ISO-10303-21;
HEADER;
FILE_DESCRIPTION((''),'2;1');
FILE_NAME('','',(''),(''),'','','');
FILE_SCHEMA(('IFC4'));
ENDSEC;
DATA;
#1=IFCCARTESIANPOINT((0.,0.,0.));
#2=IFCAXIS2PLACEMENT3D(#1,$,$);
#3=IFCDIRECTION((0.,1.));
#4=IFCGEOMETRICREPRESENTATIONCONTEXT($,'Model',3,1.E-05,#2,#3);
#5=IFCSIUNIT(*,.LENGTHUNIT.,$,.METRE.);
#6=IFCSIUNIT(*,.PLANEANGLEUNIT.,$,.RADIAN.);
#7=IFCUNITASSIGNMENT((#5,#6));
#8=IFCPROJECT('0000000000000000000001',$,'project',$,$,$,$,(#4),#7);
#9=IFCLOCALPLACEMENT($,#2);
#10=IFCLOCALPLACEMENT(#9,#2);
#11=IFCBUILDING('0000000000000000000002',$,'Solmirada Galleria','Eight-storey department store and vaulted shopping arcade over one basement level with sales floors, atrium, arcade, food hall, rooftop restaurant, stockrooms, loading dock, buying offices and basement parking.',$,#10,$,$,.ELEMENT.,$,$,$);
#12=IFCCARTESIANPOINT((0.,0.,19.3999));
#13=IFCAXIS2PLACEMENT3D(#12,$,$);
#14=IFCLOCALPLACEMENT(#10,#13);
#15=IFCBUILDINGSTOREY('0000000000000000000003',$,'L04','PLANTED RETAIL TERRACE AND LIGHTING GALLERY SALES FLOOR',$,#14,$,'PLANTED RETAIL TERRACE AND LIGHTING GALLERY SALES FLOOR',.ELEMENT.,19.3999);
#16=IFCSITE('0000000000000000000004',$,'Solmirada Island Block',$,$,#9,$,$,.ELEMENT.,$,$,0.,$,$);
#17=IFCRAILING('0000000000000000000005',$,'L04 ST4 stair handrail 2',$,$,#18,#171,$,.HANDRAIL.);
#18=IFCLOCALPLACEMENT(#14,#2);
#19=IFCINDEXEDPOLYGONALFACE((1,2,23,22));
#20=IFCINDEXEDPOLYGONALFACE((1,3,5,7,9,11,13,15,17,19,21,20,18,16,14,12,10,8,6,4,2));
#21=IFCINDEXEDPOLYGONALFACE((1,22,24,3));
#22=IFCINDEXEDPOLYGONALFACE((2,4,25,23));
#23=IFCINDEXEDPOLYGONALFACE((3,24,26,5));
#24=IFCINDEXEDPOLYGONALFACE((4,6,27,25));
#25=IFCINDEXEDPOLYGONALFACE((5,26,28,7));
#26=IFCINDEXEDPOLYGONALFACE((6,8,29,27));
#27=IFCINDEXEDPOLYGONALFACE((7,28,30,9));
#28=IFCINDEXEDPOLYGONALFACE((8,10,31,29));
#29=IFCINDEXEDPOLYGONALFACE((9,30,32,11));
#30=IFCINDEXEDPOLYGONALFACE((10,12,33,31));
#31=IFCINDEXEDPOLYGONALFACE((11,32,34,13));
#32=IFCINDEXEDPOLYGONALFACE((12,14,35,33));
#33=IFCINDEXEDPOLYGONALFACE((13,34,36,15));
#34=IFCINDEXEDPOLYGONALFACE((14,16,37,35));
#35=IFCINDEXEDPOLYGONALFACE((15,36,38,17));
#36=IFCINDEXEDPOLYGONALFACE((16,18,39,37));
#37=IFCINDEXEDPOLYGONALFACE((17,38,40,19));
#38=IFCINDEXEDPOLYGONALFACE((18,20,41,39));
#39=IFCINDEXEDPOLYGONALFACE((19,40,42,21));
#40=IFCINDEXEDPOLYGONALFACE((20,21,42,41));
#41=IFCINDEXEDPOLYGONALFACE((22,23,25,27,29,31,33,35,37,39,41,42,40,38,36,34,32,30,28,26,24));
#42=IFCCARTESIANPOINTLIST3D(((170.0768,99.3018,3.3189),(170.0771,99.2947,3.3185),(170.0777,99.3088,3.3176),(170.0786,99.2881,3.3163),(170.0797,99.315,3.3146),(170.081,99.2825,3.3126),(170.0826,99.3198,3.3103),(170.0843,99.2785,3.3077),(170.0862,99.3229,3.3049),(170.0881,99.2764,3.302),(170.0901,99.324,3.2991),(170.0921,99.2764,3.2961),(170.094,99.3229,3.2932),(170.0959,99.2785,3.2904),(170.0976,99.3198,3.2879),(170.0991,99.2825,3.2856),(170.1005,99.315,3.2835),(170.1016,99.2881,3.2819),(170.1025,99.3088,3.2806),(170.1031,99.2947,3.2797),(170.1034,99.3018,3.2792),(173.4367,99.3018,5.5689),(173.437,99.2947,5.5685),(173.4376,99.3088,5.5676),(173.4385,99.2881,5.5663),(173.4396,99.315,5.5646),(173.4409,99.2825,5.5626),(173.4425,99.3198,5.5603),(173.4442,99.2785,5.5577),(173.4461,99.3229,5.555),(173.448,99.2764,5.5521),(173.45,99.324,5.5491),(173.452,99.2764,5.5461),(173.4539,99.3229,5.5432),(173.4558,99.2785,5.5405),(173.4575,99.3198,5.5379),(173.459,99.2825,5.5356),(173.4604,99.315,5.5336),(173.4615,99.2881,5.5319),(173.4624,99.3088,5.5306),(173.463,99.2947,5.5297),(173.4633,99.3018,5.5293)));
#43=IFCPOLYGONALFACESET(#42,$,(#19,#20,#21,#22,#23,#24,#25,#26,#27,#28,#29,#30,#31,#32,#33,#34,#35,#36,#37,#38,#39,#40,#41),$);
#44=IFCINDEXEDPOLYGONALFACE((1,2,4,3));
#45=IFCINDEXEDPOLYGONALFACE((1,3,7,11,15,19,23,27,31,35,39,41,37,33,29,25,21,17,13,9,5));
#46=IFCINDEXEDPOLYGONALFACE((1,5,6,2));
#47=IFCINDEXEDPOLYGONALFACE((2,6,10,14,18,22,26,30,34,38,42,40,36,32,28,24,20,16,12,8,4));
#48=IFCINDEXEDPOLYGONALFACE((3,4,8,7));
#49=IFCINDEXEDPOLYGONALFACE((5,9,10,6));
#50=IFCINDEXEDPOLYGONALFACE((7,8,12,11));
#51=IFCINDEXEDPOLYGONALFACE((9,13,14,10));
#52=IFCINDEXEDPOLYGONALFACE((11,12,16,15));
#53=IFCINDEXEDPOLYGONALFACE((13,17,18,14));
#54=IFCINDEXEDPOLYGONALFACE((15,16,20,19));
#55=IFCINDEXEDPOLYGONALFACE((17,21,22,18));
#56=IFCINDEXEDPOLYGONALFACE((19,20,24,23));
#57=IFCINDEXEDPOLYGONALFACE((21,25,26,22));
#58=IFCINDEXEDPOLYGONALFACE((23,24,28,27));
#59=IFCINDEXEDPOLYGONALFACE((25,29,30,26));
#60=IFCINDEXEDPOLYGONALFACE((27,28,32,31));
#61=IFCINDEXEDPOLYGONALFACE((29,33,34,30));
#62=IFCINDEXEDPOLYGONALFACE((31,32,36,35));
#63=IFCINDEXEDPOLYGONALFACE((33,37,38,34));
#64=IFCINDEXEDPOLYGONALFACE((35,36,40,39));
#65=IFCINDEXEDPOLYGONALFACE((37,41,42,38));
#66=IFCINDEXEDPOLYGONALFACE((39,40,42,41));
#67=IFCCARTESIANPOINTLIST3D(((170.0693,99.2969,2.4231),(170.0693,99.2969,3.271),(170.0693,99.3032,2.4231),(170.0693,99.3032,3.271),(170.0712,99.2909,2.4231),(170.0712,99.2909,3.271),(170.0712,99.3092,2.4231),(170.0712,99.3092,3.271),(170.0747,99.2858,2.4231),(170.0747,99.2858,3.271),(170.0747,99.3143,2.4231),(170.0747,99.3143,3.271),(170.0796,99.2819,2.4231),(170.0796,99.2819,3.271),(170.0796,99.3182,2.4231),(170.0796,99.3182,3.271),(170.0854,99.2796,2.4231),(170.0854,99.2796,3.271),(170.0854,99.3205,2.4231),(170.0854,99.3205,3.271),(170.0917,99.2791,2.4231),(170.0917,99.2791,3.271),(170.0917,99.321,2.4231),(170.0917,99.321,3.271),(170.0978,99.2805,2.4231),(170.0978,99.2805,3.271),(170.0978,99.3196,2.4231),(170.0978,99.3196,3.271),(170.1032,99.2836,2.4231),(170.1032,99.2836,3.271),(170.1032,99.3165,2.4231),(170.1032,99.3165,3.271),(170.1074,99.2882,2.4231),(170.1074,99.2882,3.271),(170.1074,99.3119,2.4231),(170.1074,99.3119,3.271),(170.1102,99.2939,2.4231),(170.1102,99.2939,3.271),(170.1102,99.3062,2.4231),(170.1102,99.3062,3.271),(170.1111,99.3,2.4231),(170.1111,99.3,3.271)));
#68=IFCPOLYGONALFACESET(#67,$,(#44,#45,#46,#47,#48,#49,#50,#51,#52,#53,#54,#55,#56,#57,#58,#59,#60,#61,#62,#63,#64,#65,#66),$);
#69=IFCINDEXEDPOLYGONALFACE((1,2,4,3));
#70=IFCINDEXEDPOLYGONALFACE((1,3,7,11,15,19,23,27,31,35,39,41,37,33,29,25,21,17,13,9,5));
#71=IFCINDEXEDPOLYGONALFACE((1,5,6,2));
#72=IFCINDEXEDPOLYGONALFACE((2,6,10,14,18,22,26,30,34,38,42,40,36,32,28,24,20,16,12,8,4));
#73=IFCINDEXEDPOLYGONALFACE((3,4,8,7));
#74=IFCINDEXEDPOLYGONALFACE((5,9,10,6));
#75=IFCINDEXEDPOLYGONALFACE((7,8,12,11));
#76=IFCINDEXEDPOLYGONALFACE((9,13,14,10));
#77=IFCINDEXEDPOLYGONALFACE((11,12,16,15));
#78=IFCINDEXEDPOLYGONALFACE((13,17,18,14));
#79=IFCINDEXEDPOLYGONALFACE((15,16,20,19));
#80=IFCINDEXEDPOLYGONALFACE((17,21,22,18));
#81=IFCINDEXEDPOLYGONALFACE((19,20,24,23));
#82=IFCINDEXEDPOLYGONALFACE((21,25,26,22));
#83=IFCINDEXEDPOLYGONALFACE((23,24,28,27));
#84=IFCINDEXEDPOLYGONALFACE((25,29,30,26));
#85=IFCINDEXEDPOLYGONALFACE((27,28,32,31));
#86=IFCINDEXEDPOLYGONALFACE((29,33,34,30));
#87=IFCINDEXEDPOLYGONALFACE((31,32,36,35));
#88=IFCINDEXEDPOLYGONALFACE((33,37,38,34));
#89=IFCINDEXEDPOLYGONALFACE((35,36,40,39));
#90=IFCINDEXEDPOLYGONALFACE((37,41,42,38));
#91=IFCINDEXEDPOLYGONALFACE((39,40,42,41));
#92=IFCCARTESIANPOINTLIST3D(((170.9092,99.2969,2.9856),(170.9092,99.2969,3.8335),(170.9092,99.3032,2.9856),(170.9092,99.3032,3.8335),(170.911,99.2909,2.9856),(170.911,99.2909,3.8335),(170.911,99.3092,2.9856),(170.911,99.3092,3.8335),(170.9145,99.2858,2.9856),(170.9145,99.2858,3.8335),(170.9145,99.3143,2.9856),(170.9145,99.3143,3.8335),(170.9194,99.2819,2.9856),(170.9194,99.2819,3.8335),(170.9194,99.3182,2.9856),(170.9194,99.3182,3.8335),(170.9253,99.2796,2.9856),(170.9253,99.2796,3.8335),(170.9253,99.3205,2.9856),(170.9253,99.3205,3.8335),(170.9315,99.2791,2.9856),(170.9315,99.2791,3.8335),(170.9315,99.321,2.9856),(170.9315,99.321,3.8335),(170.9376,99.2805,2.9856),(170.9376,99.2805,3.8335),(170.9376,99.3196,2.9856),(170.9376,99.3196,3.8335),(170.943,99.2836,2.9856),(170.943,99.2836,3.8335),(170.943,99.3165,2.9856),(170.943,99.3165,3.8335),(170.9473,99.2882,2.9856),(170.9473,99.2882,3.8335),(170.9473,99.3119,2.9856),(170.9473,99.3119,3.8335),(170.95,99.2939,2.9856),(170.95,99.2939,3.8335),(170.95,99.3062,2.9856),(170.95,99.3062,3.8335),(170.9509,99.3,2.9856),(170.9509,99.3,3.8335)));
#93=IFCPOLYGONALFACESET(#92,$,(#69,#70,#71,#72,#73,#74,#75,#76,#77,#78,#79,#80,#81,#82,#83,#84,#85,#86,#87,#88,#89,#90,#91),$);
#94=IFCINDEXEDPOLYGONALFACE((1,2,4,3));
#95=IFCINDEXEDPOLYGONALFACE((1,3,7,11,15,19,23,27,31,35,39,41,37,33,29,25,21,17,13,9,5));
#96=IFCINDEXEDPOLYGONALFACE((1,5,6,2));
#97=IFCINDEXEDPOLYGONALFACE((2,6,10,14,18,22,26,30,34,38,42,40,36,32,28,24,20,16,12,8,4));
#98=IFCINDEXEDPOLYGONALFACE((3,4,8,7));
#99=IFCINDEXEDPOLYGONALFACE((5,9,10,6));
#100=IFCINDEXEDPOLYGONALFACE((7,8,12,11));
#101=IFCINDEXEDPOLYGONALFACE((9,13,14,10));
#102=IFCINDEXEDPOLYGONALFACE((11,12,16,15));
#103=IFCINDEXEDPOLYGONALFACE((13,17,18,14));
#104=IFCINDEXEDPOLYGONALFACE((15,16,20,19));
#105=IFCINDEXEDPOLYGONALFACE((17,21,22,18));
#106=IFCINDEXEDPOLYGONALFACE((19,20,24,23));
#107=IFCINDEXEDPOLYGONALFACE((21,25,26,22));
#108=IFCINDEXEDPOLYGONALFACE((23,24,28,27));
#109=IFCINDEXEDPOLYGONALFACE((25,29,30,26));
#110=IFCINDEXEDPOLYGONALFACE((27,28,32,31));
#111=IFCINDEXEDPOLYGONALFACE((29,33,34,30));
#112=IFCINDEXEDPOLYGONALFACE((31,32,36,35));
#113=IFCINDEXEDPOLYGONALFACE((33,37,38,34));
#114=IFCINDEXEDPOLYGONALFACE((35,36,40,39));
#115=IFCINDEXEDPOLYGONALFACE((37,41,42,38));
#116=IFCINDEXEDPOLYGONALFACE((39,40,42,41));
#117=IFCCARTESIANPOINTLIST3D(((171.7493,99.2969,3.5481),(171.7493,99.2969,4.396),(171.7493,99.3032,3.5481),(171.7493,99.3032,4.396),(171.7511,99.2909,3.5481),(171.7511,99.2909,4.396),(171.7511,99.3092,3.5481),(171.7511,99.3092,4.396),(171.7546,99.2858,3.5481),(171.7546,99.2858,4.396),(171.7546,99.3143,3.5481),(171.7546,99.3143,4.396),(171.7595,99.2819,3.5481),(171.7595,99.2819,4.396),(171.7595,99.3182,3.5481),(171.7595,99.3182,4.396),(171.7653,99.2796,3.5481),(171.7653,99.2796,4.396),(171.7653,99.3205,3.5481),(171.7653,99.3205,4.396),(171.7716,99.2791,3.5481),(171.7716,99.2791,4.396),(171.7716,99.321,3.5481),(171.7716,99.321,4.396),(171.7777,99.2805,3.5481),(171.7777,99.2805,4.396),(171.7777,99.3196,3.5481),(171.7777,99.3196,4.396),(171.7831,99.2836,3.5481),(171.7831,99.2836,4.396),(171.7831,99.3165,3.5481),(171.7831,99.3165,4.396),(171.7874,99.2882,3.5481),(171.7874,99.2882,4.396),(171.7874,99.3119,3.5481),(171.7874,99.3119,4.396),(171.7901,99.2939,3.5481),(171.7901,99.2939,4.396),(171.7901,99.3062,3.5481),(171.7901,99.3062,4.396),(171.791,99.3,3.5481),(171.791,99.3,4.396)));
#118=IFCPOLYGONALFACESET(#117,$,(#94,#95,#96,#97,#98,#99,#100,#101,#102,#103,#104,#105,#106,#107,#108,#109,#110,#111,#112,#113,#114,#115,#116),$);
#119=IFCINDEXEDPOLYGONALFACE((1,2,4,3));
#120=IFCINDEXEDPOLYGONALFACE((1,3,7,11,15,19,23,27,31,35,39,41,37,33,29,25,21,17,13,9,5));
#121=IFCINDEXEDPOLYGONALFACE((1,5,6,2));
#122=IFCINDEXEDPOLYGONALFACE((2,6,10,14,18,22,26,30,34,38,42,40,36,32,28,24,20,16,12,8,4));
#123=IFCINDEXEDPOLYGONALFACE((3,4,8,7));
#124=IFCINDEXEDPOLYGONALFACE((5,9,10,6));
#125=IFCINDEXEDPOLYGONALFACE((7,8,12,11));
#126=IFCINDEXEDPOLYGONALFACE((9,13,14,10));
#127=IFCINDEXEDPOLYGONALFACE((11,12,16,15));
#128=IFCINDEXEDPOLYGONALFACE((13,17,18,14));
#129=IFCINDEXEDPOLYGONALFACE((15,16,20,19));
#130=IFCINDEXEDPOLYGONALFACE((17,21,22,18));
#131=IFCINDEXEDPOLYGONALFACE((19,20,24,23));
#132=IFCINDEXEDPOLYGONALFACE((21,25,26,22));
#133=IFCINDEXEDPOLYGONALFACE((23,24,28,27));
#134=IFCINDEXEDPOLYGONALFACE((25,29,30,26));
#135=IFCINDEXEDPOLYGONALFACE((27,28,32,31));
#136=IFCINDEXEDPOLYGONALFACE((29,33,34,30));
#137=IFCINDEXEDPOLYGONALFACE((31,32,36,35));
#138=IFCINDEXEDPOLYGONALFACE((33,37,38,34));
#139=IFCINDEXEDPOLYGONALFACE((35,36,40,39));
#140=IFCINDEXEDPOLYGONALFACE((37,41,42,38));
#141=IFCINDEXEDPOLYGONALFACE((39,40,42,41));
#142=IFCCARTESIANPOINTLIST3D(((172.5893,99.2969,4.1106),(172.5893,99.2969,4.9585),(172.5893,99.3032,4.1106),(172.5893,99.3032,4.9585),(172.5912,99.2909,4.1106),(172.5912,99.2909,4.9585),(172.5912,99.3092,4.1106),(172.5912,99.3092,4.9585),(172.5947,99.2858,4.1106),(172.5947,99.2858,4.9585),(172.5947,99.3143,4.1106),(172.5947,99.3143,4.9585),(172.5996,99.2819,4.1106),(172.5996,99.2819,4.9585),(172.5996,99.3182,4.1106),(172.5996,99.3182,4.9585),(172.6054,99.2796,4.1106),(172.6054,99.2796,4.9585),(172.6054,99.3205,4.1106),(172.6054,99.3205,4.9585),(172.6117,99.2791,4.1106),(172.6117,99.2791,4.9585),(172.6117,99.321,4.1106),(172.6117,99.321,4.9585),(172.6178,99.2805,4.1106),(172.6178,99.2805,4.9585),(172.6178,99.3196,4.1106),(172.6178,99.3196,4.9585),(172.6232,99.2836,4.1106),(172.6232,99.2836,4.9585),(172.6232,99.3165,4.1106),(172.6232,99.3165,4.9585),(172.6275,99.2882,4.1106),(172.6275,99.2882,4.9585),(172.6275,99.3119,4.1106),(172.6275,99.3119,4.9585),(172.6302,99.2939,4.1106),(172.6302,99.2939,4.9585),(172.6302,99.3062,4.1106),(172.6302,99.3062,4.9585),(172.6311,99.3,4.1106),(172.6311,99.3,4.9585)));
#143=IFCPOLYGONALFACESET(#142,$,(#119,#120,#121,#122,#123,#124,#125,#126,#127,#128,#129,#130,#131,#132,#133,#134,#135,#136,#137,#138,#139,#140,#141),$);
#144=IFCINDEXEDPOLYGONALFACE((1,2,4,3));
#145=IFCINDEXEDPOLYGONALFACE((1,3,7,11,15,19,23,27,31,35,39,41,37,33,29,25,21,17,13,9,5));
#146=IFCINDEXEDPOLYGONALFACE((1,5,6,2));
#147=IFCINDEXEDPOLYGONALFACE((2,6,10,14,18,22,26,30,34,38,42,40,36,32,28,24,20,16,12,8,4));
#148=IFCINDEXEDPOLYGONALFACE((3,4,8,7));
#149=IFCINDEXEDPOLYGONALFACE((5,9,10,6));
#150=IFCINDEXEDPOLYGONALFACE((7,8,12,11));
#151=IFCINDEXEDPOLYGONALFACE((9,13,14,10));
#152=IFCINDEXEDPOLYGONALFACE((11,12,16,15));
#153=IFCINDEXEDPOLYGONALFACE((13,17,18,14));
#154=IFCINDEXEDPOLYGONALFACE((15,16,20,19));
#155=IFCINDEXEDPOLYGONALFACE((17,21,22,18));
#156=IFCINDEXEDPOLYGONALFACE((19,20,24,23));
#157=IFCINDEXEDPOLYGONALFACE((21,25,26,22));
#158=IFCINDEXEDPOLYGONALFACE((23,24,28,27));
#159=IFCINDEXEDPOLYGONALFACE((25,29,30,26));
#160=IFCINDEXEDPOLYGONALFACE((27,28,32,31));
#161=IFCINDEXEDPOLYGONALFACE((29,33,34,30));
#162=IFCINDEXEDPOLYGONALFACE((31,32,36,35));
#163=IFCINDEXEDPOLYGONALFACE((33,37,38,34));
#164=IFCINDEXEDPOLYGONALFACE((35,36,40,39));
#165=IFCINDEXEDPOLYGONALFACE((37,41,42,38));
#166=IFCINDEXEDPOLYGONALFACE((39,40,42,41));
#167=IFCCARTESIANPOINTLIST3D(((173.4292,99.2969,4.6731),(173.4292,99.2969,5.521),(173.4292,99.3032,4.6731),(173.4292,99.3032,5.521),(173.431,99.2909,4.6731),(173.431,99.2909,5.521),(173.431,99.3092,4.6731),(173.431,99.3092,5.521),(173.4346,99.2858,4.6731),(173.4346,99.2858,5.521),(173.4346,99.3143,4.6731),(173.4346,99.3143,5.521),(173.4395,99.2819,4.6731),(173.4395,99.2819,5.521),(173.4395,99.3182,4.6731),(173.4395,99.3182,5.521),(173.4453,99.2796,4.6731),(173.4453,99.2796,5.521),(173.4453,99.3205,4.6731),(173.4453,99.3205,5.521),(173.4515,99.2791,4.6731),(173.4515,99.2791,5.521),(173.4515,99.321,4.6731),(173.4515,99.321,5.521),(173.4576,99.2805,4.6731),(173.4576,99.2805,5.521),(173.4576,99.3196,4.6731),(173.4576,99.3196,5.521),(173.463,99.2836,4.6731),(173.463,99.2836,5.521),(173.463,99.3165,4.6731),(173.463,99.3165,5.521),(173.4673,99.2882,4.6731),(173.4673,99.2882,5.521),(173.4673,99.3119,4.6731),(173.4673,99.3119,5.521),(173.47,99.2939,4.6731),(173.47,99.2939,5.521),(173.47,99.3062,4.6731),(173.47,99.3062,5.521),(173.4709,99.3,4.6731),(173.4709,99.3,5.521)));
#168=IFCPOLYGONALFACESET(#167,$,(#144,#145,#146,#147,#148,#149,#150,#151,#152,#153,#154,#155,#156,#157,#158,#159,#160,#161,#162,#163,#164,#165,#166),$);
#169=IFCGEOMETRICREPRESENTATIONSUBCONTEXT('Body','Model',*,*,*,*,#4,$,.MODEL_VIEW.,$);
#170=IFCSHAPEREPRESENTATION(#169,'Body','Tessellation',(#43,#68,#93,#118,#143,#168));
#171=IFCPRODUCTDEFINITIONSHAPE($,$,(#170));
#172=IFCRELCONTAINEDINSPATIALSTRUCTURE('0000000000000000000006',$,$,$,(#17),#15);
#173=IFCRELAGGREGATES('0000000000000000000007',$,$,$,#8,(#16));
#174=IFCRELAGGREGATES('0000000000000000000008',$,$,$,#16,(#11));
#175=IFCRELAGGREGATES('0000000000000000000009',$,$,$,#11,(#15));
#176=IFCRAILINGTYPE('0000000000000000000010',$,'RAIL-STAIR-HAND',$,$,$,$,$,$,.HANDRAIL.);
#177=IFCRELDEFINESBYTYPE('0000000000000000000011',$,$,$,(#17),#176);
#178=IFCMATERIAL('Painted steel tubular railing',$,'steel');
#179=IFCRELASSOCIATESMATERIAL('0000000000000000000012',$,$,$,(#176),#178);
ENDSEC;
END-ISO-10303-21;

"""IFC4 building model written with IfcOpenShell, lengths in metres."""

from ifc_helpers import new_model, si_unit, direction, frame, origin, origin_2d, place, context, subcontext, project, spatial, circle, extrude, material, type_object, element, save


model = new_model("IFC4")

# Units and contexts
model_context = context("Model", 3, precision=1e-05, world=origin(), true_north=direction((0.0, 1.0)))
body_context = subcontext(model_context, "Body", "Model", "MODEL_VIEW")
ifc_project = project(units=[si_unit("LENGTHUNIT", "METRE"), si_unit("PLANEANGLEUNIT", "RADIAN")], contexts=[model_context])

# Site, building, storey
site_placement = place(None, origin())
site = spatial("IfcSite", under=ifc_project, at=site_placement, Name="Solmirada Island Block", CompositionType="ELEMENT", RefElevation=0.0)
building_placement = place(site_placement, origin())
building = spatial("IfcBuilding", under=site, at=building_placement, Name="Solmirada Galleria", Description="Eight-storey department store and vaulted shopping arcade over one basement level with sales floors, atrium, arcade, food hall, rooftop restaurant, stockrooms, loading dock, buying offices and basement parking.", CompositionType="ELEMENT")
storey_placement = place(building_placement, frame((0.0, 0.0, 19.3999)))
storey = spatial("IfcBuildingStorey", under=building, at=storey_placement, Name="L04", Description="PLANTED RETAIL TERRACE AND LIGHTING GALLERY SALES FLOOR", LongName="PLANTED RETAIL TERRACE AND LIGHTING GALLERY SALES FLOOR", CompositionType="ELEMENT", Elevation=19.3999)

# Railing
ifc_material_1 = material(Name="Painted steel tubular railing", Category="steel")
railing_type_1 = type_object("IfcRailingType", Name="RAIL-STAIR-HAND", PredefinedType="HANDRAIL", material=ifc_material_1)
railing_1_placement = place(storey_placement, frame((170.0901, 99.3, 2.4231)))
element("IfcRailing", 1, at=railing_1_placement, inside=storey, type_object=railing_type_1, Name="L04 ST4 stair handrail 2", PredefinedType="HANDRAIL", context=body_context, shape_type="SweptSolid", body=[
    extrude(circle(Radius=0.0239, at=origin_2d()), frame((0.0, 0.0, 0.876), z_axis=(0.830897, 0.0, 0.556427), x_axis=(0.0, 1.0, 0.0)), (0.0, 0.0, 1.0), 4.0437),
    extrude(circle(Radius=0.021, at=origin_2d()), origin(), (0.0, 0.0, 1.0), 0.8479),
    extrude(circle(Radius=0.021, at=origin_2d()), frame((0.8398, 0.0, 0.5625)), (0.0, 0.0, 1.0), 0.8479),
    extrude(circle(Radius=0.021, at=origin_2d()), frame((1.6799, 0.0, 1.125)), (0.0, 0.0, 1.0), 0.8479),
    extrude(circle(Radius=0.021, at=origin_2d()), frame((2.52, 0.0, 1.6875)), (0.0, 0.0, 1.0), 0.8479),
    extrude(circle(Radius=0.021, at=origin_2d()), frame((3.3599, 0.0, 2.25)), (0.0, 0.0, 1.0), 0.8479),
])

save(model, "model.ifc")
